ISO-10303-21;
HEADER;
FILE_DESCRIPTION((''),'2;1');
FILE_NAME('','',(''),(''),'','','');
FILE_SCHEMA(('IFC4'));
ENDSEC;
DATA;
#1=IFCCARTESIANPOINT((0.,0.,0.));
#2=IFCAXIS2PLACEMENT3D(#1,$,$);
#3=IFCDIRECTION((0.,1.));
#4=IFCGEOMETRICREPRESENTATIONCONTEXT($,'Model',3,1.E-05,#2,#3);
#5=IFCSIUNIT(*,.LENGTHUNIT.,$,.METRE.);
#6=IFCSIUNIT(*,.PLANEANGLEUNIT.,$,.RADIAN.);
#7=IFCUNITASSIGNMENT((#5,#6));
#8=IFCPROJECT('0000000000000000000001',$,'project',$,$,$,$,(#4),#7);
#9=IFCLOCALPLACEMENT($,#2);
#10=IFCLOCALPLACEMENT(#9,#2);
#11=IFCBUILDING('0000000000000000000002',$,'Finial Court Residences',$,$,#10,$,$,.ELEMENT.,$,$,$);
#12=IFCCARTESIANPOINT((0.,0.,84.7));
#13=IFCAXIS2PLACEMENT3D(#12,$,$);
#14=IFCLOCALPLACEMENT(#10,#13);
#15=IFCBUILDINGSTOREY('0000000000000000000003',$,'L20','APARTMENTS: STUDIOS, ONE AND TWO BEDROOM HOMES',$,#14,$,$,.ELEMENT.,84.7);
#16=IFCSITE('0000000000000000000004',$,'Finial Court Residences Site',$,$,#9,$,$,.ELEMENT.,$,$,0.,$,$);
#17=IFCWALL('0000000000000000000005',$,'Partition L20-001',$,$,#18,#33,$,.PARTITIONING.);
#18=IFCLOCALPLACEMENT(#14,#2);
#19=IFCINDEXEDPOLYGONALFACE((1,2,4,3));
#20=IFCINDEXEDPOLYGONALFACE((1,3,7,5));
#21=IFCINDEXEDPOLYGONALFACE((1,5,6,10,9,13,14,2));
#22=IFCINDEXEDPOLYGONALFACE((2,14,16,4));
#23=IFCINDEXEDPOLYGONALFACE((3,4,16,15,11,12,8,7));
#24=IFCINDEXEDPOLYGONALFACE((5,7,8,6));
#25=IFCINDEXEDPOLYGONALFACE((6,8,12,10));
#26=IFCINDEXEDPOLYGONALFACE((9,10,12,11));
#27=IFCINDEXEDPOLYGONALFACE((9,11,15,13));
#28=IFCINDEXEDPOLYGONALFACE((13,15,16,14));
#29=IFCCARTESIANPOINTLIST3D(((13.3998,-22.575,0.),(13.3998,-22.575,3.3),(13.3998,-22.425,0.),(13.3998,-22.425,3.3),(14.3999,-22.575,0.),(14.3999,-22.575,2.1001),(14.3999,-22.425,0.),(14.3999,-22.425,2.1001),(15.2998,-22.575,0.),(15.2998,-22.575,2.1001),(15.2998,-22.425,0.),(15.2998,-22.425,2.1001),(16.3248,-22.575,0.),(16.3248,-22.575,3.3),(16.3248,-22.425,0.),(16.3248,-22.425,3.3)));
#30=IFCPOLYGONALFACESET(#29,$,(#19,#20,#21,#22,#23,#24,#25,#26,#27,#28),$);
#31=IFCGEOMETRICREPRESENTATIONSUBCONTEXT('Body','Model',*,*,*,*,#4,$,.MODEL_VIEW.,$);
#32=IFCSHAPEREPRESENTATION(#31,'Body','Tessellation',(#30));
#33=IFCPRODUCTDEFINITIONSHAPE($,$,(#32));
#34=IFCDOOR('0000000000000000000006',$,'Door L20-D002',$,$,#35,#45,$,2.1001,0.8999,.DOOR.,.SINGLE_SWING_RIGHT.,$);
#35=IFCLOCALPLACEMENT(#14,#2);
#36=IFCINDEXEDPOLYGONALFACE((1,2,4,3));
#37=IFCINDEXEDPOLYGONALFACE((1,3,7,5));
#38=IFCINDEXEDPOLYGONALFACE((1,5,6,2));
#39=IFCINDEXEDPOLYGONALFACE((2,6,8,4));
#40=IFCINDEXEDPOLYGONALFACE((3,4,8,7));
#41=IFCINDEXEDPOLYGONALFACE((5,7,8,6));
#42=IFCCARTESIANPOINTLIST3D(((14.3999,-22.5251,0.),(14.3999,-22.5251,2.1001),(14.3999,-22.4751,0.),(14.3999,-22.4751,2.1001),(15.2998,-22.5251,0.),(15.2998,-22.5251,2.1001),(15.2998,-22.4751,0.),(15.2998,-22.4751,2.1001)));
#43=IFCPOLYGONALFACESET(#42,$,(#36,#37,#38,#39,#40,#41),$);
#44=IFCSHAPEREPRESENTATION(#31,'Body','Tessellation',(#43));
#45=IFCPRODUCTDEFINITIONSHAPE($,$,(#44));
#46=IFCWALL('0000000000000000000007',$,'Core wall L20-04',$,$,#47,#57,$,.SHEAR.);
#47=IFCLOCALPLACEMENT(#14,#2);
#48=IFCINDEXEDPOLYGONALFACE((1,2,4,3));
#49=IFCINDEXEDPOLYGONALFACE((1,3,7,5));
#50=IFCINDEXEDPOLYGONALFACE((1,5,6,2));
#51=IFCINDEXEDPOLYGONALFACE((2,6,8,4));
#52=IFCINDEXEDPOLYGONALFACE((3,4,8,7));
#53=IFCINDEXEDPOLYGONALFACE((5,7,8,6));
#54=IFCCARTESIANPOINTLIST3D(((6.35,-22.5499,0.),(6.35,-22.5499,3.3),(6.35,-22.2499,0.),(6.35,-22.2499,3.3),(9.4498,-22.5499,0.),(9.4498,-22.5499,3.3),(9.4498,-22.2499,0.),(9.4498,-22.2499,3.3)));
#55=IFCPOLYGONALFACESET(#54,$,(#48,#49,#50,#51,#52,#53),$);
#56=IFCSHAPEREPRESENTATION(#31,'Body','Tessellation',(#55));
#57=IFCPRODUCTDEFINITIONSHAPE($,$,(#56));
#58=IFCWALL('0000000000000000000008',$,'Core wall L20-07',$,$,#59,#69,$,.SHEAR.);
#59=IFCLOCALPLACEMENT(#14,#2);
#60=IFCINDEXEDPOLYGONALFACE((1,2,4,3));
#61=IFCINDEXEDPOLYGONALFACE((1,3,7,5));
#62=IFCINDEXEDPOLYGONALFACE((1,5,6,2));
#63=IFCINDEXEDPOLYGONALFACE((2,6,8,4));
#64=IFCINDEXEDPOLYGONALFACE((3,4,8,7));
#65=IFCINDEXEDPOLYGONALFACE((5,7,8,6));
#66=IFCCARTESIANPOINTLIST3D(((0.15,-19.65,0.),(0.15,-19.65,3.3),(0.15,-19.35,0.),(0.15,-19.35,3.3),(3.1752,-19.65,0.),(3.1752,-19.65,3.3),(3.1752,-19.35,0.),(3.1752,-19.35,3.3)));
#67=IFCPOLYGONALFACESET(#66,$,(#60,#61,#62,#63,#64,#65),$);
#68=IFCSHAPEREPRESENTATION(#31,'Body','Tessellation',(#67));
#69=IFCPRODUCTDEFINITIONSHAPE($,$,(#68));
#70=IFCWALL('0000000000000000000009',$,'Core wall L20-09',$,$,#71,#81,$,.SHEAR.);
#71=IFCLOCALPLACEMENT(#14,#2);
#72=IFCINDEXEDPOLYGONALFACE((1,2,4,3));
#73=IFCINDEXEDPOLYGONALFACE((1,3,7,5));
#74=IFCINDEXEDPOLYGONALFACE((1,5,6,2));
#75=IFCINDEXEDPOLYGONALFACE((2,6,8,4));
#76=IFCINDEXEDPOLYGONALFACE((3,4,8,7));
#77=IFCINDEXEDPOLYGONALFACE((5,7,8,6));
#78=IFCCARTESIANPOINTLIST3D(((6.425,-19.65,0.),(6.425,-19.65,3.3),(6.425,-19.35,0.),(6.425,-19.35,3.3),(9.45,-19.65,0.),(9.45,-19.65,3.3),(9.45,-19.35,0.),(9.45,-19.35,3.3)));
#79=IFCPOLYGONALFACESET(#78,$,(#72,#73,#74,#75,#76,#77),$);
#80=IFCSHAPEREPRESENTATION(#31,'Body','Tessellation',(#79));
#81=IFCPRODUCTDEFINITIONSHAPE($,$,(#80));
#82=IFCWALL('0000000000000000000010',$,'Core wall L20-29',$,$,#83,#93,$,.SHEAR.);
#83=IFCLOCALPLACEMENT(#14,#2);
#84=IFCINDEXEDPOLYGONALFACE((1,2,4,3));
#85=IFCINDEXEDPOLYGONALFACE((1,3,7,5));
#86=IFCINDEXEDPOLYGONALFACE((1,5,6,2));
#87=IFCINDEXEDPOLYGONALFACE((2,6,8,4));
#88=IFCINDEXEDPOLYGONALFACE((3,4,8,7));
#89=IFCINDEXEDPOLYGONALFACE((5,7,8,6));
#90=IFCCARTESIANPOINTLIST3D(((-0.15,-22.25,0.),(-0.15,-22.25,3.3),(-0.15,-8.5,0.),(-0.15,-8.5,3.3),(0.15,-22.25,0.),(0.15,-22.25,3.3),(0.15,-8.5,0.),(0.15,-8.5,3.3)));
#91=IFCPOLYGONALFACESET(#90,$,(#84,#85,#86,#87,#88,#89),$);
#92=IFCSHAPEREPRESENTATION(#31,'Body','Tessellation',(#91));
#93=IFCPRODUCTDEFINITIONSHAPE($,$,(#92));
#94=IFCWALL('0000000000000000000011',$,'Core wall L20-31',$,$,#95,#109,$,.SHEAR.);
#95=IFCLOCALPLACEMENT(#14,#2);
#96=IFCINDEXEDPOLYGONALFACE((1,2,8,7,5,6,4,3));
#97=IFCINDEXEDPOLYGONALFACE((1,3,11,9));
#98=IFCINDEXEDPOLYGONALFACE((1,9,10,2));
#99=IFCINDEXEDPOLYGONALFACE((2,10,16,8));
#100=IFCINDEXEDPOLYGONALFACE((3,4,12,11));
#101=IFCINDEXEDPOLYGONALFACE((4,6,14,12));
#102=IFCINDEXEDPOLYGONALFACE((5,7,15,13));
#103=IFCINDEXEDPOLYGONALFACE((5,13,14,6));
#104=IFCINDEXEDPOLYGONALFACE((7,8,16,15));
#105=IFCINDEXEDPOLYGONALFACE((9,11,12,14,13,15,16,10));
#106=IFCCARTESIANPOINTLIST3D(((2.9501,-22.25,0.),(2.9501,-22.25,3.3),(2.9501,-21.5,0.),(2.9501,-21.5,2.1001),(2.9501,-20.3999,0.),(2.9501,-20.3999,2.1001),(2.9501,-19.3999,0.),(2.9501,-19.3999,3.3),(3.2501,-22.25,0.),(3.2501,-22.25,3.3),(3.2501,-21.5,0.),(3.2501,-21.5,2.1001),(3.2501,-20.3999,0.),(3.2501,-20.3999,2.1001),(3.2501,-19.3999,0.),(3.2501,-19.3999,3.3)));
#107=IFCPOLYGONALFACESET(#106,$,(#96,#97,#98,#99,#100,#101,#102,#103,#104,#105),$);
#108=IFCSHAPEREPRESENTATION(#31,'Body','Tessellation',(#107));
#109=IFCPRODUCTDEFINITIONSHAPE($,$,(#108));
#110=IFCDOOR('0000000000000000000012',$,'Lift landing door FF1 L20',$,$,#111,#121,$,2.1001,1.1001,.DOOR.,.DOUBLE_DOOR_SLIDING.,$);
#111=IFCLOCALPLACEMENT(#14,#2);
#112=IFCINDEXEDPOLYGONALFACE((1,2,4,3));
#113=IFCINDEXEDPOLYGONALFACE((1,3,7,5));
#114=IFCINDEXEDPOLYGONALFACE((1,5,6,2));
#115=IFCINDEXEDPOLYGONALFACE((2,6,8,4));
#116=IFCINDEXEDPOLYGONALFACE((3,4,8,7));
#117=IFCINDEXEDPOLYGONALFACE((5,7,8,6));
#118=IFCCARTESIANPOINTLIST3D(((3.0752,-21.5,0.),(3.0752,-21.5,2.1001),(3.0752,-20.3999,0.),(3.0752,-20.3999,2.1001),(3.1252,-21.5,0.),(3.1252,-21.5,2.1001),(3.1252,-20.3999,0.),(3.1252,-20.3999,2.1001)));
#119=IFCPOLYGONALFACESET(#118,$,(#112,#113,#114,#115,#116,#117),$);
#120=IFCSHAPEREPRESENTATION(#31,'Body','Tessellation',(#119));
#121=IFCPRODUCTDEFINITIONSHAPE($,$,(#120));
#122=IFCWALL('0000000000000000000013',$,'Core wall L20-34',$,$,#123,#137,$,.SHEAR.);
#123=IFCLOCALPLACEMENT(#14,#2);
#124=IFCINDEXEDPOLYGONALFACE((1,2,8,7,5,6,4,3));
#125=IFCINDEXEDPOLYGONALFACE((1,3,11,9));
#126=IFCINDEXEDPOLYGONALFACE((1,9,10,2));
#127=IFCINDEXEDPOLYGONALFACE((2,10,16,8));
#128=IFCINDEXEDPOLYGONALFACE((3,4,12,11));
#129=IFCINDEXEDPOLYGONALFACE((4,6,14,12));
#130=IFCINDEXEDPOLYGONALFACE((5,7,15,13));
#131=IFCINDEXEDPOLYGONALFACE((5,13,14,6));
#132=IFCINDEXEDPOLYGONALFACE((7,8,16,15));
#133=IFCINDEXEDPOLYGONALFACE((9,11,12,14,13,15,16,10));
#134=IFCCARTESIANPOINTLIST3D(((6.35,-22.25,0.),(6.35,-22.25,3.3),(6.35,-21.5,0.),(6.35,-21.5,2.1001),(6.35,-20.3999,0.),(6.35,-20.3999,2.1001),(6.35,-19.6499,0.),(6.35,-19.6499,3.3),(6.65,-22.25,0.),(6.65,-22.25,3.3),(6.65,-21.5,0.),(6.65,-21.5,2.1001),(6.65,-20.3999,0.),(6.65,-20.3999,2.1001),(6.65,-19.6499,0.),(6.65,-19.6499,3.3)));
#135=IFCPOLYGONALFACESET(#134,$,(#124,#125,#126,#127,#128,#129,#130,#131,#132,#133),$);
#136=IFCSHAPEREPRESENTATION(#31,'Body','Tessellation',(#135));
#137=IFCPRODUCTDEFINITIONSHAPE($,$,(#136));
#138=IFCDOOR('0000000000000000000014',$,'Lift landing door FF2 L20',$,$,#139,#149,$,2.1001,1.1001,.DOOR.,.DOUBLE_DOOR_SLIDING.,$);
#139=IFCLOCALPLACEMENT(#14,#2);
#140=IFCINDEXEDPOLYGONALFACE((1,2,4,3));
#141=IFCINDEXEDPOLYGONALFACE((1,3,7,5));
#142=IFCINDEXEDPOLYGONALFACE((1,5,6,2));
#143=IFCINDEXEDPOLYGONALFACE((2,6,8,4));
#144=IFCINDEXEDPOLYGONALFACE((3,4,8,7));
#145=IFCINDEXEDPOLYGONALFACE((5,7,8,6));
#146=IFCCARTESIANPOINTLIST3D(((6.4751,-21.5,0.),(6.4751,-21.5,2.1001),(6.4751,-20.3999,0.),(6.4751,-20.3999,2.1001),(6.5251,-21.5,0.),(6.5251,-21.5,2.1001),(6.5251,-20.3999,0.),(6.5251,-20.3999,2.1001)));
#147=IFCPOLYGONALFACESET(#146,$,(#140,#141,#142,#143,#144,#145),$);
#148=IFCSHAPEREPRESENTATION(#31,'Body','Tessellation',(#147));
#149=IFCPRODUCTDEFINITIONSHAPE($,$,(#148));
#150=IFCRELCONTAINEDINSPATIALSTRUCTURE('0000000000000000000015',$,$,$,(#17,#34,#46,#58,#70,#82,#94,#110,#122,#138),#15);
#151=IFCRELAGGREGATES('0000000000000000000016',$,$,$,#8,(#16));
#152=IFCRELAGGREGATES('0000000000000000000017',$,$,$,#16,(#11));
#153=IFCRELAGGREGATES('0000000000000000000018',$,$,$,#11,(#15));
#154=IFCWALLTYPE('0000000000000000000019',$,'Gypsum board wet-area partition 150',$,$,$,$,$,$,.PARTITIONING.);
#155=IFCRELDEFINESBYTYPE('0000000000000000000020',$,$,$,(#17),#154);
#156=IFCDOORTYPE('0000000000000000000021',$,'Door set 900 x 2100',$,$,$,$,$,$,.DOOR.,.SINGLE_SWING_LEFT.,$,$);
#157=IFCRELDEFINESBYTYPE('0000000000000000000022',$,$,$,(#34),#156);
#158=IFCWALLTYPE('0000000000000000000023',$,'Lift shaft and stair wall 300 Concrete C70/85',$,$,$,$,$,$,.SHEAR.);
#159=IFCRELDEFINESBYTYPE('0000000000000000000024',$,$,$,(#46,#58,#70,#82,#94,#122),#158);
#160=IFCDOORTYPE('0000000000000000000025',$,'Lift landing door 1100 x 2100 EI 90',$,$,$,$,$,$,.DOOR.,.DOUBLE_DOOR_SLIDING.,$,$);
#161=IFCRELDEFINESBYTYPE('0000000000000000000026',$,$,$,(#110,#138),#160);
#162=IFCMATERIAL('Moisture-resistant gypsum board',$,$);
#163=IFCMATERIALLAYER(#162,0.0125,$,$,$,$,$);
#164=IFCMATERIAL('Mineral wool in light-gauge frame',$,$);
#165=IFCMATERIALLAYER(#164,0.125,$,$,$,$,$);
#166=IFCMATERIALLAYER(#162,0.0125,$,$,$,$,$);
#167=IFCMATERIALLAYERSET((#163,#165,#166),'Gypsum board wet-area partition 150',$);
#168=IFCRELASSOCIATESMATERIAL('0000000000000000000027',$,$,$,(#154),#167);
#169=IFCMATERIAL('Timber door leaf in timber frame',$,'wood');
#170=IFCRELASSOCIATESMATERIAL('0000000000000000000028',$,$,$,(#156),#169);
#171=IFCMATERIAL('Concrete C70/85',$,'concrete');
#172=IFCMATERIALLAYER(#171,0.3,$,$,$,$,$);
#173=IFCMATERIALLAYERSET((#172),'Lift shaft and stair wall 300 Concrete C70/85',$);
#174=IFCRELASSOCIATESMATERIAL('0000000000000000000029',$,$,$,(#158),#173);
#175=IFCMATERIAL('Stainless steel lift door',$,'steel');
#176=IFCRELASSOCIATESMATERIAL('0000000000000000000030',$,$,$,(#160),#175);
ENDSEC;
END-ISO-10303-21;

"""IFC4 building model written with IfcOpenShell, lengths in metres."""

from ifc_helpers import new_model, si_unit, direction, frame, frame_2d, origin, place, context, subcontext, project, spatial, rectangle, extrude, material, layer, layer_set, type_object, element, fill, save


model = new_model("IFC4")

# Units and contexts
model_context = context("Model", 3, precision=1e-05, world=origin(), true_north=direction((0.0, 1.0)))
body_context = subcontext(model_context, "Body", "Model", "MODEL_VIEW")
ifc_project = project(units=[si_unit("LENGTHUNIT", "METRE"), si_unit("PLANEANGLEUNIT", "RADIAN")], contexts=[model_context])

# Site, building, storey
site_placement = place(None, origin())
site = spatial("IfcSite", under=ifc_project, at=site_placement, Name="Finial Court Residences Site", CompositionType="ELEMENT", RefElevation=0.0)
building_placement = place(site_placement, origin())
building = spatial("IfcBuilding", under=site, at=building_placement, Name="Finial Court Residences", CompositionType="ELEMENT")
storey_placement = place(building_placement, frame((0.0, 0.0, 84.7)))
storey = spatial("IfcBuildingStorey", under=building, at=storey_placement, Name="L20", Description="APARTMENTS: STUDIOS, ONE AND TWO BEDROOM HOMES", CompositionType="ELEMENT", Elevation=84.7)

# Shared definitions
ifc_material_1 = material(Name="Concrete C70/85", Category="concrete")

# Wall, opening, door
ifc_material_2 = material(Name="Moisture-resistant gypsum board")
ifc_layer_1 = layer(ifc_material_2, 0.0125)
ifc_material_3 = material(Name="Mineral wool in light-gauge frame")
ifc_layer_2 = layer(ifc_material_3, 0.125)
ifc_layer_3 = layer(ifc_material_2, 0.0125)
ifc_layer_set_1 = layer_set([ifc_layer_1, ifc_layer_2, ifc_layer_3], Name="Gypsum board wet-area partition 150")
wall_type_1 = type_object("IfcWallType", Name="Gypsum board wet-area partition 150", PredefinedType="PARTITIONING", material=ifc_layer_set_1)
wall_1_placement = place(storey_placement, frame((13.3999, -22.5, 0.0), z_axis=(0.0, 0.0, 1.0), x_axis=(1.0, 0.0, 0.0)))
wall_1 = element("IfcWall", 1, at=wall_1_placement, inside=storey, type_object=wall_type_1, Name="Partition L20-001", PredefinedType="PARTITIONING", context=body_context, shape_type="SweptSolid", body=[
    extrude(rectangle(XDim=2.925, YDim=0.1499, at=frame_2d((1.4624, 0.0))), origin(), (0.0, 0.0, 1.0), 3.3),
])
opening_1_placement = place(wall_1_placement, frame((1.0, 0.0, 0.0)))
opening_1 = element("IfcOpeningElement", 2, at=opening_1_placement, cuts=wall_1, PredefinedType="OPENING", context=body_context, shape_type="SweptSolid", body=[
    extrude(rectangle(XDim=0.8999, YDim=2.1001, at=frame_2d((0.45, 1.05))), frame((0.0, 0.085, 0.0), z_axis=(0.0, -1.0, 0.0), x_axis=(1.0, 0.0, 0.0)), (0.0, 0.0, 1.0), 0.1699),
])
ifc_material_4 = material(Name="Timber door leaf in timber frame", Category="wood")
door_type_1 = type_object("IfcDoorType", Name="Door set 900 x 2100", OperationType="SINGLE_SWING_LEFT", PredefinedType="DOOR", material=ifc_material_4)
door_1_placement = place(opening_1_placement, origin())
door_1 = element("IfcDoor", 3, at=door_1_placement, inside=storey, type_object=door_type_1, Name="Door L20-D002", OperationType="SINGLE_SWING_RIGHT", OverallHeight=2.1001, OverallWidth=0.8999, PredefinedType="DOOR", context=body_context, shape_type="SweptSolid", body=[
    extrude(rectangle(XDim=0.8999, YDim=2.1001, at=frame_2d((0.45, 1.05))), frame((0.0, 0.0249, 0.0), z_axis=(0.0, -1.0, 0.0), x_axis=(1.0, 0.0, 0.0)), (0.0, 0.0, 1.0), 0.05),
])
fill(opening_1, door_1)

# Walls
ifc_layer_4 = layer(ifc_material_1, 0.3)
ifc_layer_set_2 = layer_set([ifc_layer_4], Name="Lift shaft and stair wall 300 Concrete C70/85")
wall_type_2 = type_object("IfcWallType", Name="Lift shaft and stair wall 300 Concrete C70/85", PredefinedType="SHEAR", material=ifc_layer_set_2)
wall_2_placement = place(storey_placement, frame((6.3501, -22.3999, 0.0), z_axis=(0.0, 0.0, 1.0), x_axis=(1.0, 0.0, 0.0)))
element("IfcWall", 4, at=wall_2_placement, inside=storey, type_object=wall_type_2, Name="Core wall L20-04", PredefinedType="SHEAR", context=body_context, shape_type="SweptSolid", body=[
    extrude(rectangle(XDim=3.0999, YDim=0.3, at=frame_2d((1.5498, 0.0))), origin(), (0.0, 0.0, 1.0), 3.3),
])
wall_3_placement = place(storey_placement, frame((0.1499, -19.5, 0.0), z_axis=(0.0, 0.0, 1.0), x_axis=(1.0, 0.0, 0.0)))
element("IfcWall", 5, at=wall_3_placement, inside=storey, type_object=wall_type_2, Name="Core wall L20-07", PredefinedType="SHEAR", context=body_context, shape_type="SweptSolid", body=[
    extrude(rectangle(XDim=3.0251, YDim=0.3, at=frame_2d((1.5127, 0.0))), origin(), (0.0, 0.0, 1.0), 3.3),
])
wall_4_placement = place(storey_placement, frame((6.425, -19.5, 0.0), z_axis=(0.0, 0.0, 1.0), x_axis=(1.0, 0.0, 0.0)))
element("IfcWall", 6, at=wall_4_placement, inside=storey, type_object=wall_type_2, Name="Core wall L20-09", PredefinedType="SHEAR", context=body_context, shape_type="SweptSolid", body=[
    extrude(rectangle(XDim=3.0249, YDim=0.3, at=frame_2d((1.5125, 0.0))), origin(), (0.0, 0.0, 1.0), 3.3),
])
wall_5_placement = place(storey_placement, frame((0.0, -22.25, 0.0), z_axis=(0.0, 0.0, 1.0), x_axis=(0.0, 1.0, 0.0)))
element("IfcWall", 7, at=wall_5_placement, inside=storey, type_object=wall_type_2, Name="Core wall L20-29", PredefinedType="SHEAR", context=body_context, shape_type="SweptSolid", body=[
    extrude(rectangle(XDim=13.75, YDim=0.3, at=frame_2d((6.875, 0.0))), origin(), (0.0, 0.0, 1.0), 3.3),
])

# Walls, openings, doors
wall_6_placement = place(storey_placement, frame((3.1001, -22.25, 0.0), z_axis=(0.0, 0.0, 1.0), x_axis=(0.0, 1.0, 0.0)))
wall_6 = element("IfcWall", 8, at=wall_6_placement, inside=storey, type_object=wall_type_2, Name="Core wall L20-31", PredefinedType="SHEAR", context=body_context, shape_type="SweptSolid", body=[
    extrude(rectangle(XDim=2.8501, YDim=0.3, at=frame_2d((1.425, 0.0))), origin(), (0.0, 0.0, 1.0), 3.3),
])
opening_2_placement = place(wall_6_placement, frame((0.75, 0.0, 0.0)))
opening_2 = element("IfcOpeningElement", 9, at=opening_2_placement, cuts=wall_6, PredefinedType="OPENING", context=body_context, shape_type="SweptSolid", body=[
    extrude(rectangle(XDim=1.1001, YDim=2.1001, at=frame_2d((0.55, 1.05))), frame((0.0, 0.1599, 0.0), z_axis=(0.0, -1.0, 0.0), x_axis=(1.0, 0.0, 0.0)), (0.0, 0.0, 1.0), 0.3201),
])
ifc_material_5 = material(Name="Stainless steel lift door", Category="steel")
door_type_2 = type_object("IfcDoorType", Name="Lift landing door 1100 x 2100 EI 90", OperationType="DOUBLE_DOOR_SLIDING", PredefinedType="DOOR", material=ifc_material_5)
door_2_placement = place(opening_2_placement, origin())
door_2 = element("IfcDoor", 10, at=door_2_placement, inside=storey, type_object=door_type_2, Name="Lift landing door FF1 L20", OperationType="DOUBLE_DOOR_SLIDING", OverallHeight=2.1001, OverallWidth=1.1001, PredefinedType="DOOR", context=body_context, shape_type="SweptSolid", body=[
    extrude(rectangle(XDim=1.1001, YDim=2.1001, at=frame_2d((0.55, 1.05))), frame((0.0, 0.0249, 0.0), z_axis=(0.0, -1.0, 0.0), x_axis=(1.0, 0.0, 0.0)), (0.0, 0.0, 1.0), 0.05),
])
fill(opening_2, door_2)
wall_7_placement = place(storey_placement, frame((6.5, -22.25, 0.0), z_axis=(0.0, 0.0, 1.0), x_axis=(0.0, 1.0, 0.0)))
wall_7 = element("IfcWall", 11, at=wall_7_placement, inside=storey, type_object=wall_type_2, Name="Core wall L20-34", PredefinedType="SHEAR", context=body_context, shape_type="SweptSolid", body=[
    extrude(rectangle(XDim=2.6001, YDim=0.3, at=frame_2d((1.3, 0.0))), origin(), (0.0, 0.0, 1.0), 3.3),
])
opening_3_placement = place(wall_7_placement, frame((0.75, 0.0, 0.0)))
opening_3 = element("IfcOpeningElement", 12, at=opening_3_placement, cuts=wall_7, PredefinedType="OPENING", context=body_context, shape_type="SweptSolid", body=[
    extrude(rectangle(XDim=1.1001, YDim=2.1001, at=frame_2d((0.55, 1.05))), frame((0.0, 0.1599, 0.0), z_axis=(0.0, -1.0, 0.0), x_axis=(1.0, 0.0, 0.0)), (0.0, 0.0, 1.0), 0.3201),
])
door_3_placement = place(opening_3_placement, origin())
door_3 = element("IfcDoor", 13, at=door_3_placement, inside=storey, type_object=door_type_2, Name="Lift landing door FF2 L20", OperationType="DOUBLE_DOOR_SLIDING", OverallHeight=2.1001, OverallWidth=1.1001, PredefinedType="DOOR", context=body_context, shape_type="SweptSolid", body=[
    extrude(rectangle(XDim=1.1001, YDim=2.1001, at=frame_2d((0.55, 1.05))), frame((0.0, 0.0249, 0.0), z_axis=(0.0, -1.0, 0.0), x_axis=(1.0, 0.0, 0.0)), (0.0, 0.0, 1.0), 0.05),
])
fill(opening_3, door_3)

save(model, "model.ifc")
